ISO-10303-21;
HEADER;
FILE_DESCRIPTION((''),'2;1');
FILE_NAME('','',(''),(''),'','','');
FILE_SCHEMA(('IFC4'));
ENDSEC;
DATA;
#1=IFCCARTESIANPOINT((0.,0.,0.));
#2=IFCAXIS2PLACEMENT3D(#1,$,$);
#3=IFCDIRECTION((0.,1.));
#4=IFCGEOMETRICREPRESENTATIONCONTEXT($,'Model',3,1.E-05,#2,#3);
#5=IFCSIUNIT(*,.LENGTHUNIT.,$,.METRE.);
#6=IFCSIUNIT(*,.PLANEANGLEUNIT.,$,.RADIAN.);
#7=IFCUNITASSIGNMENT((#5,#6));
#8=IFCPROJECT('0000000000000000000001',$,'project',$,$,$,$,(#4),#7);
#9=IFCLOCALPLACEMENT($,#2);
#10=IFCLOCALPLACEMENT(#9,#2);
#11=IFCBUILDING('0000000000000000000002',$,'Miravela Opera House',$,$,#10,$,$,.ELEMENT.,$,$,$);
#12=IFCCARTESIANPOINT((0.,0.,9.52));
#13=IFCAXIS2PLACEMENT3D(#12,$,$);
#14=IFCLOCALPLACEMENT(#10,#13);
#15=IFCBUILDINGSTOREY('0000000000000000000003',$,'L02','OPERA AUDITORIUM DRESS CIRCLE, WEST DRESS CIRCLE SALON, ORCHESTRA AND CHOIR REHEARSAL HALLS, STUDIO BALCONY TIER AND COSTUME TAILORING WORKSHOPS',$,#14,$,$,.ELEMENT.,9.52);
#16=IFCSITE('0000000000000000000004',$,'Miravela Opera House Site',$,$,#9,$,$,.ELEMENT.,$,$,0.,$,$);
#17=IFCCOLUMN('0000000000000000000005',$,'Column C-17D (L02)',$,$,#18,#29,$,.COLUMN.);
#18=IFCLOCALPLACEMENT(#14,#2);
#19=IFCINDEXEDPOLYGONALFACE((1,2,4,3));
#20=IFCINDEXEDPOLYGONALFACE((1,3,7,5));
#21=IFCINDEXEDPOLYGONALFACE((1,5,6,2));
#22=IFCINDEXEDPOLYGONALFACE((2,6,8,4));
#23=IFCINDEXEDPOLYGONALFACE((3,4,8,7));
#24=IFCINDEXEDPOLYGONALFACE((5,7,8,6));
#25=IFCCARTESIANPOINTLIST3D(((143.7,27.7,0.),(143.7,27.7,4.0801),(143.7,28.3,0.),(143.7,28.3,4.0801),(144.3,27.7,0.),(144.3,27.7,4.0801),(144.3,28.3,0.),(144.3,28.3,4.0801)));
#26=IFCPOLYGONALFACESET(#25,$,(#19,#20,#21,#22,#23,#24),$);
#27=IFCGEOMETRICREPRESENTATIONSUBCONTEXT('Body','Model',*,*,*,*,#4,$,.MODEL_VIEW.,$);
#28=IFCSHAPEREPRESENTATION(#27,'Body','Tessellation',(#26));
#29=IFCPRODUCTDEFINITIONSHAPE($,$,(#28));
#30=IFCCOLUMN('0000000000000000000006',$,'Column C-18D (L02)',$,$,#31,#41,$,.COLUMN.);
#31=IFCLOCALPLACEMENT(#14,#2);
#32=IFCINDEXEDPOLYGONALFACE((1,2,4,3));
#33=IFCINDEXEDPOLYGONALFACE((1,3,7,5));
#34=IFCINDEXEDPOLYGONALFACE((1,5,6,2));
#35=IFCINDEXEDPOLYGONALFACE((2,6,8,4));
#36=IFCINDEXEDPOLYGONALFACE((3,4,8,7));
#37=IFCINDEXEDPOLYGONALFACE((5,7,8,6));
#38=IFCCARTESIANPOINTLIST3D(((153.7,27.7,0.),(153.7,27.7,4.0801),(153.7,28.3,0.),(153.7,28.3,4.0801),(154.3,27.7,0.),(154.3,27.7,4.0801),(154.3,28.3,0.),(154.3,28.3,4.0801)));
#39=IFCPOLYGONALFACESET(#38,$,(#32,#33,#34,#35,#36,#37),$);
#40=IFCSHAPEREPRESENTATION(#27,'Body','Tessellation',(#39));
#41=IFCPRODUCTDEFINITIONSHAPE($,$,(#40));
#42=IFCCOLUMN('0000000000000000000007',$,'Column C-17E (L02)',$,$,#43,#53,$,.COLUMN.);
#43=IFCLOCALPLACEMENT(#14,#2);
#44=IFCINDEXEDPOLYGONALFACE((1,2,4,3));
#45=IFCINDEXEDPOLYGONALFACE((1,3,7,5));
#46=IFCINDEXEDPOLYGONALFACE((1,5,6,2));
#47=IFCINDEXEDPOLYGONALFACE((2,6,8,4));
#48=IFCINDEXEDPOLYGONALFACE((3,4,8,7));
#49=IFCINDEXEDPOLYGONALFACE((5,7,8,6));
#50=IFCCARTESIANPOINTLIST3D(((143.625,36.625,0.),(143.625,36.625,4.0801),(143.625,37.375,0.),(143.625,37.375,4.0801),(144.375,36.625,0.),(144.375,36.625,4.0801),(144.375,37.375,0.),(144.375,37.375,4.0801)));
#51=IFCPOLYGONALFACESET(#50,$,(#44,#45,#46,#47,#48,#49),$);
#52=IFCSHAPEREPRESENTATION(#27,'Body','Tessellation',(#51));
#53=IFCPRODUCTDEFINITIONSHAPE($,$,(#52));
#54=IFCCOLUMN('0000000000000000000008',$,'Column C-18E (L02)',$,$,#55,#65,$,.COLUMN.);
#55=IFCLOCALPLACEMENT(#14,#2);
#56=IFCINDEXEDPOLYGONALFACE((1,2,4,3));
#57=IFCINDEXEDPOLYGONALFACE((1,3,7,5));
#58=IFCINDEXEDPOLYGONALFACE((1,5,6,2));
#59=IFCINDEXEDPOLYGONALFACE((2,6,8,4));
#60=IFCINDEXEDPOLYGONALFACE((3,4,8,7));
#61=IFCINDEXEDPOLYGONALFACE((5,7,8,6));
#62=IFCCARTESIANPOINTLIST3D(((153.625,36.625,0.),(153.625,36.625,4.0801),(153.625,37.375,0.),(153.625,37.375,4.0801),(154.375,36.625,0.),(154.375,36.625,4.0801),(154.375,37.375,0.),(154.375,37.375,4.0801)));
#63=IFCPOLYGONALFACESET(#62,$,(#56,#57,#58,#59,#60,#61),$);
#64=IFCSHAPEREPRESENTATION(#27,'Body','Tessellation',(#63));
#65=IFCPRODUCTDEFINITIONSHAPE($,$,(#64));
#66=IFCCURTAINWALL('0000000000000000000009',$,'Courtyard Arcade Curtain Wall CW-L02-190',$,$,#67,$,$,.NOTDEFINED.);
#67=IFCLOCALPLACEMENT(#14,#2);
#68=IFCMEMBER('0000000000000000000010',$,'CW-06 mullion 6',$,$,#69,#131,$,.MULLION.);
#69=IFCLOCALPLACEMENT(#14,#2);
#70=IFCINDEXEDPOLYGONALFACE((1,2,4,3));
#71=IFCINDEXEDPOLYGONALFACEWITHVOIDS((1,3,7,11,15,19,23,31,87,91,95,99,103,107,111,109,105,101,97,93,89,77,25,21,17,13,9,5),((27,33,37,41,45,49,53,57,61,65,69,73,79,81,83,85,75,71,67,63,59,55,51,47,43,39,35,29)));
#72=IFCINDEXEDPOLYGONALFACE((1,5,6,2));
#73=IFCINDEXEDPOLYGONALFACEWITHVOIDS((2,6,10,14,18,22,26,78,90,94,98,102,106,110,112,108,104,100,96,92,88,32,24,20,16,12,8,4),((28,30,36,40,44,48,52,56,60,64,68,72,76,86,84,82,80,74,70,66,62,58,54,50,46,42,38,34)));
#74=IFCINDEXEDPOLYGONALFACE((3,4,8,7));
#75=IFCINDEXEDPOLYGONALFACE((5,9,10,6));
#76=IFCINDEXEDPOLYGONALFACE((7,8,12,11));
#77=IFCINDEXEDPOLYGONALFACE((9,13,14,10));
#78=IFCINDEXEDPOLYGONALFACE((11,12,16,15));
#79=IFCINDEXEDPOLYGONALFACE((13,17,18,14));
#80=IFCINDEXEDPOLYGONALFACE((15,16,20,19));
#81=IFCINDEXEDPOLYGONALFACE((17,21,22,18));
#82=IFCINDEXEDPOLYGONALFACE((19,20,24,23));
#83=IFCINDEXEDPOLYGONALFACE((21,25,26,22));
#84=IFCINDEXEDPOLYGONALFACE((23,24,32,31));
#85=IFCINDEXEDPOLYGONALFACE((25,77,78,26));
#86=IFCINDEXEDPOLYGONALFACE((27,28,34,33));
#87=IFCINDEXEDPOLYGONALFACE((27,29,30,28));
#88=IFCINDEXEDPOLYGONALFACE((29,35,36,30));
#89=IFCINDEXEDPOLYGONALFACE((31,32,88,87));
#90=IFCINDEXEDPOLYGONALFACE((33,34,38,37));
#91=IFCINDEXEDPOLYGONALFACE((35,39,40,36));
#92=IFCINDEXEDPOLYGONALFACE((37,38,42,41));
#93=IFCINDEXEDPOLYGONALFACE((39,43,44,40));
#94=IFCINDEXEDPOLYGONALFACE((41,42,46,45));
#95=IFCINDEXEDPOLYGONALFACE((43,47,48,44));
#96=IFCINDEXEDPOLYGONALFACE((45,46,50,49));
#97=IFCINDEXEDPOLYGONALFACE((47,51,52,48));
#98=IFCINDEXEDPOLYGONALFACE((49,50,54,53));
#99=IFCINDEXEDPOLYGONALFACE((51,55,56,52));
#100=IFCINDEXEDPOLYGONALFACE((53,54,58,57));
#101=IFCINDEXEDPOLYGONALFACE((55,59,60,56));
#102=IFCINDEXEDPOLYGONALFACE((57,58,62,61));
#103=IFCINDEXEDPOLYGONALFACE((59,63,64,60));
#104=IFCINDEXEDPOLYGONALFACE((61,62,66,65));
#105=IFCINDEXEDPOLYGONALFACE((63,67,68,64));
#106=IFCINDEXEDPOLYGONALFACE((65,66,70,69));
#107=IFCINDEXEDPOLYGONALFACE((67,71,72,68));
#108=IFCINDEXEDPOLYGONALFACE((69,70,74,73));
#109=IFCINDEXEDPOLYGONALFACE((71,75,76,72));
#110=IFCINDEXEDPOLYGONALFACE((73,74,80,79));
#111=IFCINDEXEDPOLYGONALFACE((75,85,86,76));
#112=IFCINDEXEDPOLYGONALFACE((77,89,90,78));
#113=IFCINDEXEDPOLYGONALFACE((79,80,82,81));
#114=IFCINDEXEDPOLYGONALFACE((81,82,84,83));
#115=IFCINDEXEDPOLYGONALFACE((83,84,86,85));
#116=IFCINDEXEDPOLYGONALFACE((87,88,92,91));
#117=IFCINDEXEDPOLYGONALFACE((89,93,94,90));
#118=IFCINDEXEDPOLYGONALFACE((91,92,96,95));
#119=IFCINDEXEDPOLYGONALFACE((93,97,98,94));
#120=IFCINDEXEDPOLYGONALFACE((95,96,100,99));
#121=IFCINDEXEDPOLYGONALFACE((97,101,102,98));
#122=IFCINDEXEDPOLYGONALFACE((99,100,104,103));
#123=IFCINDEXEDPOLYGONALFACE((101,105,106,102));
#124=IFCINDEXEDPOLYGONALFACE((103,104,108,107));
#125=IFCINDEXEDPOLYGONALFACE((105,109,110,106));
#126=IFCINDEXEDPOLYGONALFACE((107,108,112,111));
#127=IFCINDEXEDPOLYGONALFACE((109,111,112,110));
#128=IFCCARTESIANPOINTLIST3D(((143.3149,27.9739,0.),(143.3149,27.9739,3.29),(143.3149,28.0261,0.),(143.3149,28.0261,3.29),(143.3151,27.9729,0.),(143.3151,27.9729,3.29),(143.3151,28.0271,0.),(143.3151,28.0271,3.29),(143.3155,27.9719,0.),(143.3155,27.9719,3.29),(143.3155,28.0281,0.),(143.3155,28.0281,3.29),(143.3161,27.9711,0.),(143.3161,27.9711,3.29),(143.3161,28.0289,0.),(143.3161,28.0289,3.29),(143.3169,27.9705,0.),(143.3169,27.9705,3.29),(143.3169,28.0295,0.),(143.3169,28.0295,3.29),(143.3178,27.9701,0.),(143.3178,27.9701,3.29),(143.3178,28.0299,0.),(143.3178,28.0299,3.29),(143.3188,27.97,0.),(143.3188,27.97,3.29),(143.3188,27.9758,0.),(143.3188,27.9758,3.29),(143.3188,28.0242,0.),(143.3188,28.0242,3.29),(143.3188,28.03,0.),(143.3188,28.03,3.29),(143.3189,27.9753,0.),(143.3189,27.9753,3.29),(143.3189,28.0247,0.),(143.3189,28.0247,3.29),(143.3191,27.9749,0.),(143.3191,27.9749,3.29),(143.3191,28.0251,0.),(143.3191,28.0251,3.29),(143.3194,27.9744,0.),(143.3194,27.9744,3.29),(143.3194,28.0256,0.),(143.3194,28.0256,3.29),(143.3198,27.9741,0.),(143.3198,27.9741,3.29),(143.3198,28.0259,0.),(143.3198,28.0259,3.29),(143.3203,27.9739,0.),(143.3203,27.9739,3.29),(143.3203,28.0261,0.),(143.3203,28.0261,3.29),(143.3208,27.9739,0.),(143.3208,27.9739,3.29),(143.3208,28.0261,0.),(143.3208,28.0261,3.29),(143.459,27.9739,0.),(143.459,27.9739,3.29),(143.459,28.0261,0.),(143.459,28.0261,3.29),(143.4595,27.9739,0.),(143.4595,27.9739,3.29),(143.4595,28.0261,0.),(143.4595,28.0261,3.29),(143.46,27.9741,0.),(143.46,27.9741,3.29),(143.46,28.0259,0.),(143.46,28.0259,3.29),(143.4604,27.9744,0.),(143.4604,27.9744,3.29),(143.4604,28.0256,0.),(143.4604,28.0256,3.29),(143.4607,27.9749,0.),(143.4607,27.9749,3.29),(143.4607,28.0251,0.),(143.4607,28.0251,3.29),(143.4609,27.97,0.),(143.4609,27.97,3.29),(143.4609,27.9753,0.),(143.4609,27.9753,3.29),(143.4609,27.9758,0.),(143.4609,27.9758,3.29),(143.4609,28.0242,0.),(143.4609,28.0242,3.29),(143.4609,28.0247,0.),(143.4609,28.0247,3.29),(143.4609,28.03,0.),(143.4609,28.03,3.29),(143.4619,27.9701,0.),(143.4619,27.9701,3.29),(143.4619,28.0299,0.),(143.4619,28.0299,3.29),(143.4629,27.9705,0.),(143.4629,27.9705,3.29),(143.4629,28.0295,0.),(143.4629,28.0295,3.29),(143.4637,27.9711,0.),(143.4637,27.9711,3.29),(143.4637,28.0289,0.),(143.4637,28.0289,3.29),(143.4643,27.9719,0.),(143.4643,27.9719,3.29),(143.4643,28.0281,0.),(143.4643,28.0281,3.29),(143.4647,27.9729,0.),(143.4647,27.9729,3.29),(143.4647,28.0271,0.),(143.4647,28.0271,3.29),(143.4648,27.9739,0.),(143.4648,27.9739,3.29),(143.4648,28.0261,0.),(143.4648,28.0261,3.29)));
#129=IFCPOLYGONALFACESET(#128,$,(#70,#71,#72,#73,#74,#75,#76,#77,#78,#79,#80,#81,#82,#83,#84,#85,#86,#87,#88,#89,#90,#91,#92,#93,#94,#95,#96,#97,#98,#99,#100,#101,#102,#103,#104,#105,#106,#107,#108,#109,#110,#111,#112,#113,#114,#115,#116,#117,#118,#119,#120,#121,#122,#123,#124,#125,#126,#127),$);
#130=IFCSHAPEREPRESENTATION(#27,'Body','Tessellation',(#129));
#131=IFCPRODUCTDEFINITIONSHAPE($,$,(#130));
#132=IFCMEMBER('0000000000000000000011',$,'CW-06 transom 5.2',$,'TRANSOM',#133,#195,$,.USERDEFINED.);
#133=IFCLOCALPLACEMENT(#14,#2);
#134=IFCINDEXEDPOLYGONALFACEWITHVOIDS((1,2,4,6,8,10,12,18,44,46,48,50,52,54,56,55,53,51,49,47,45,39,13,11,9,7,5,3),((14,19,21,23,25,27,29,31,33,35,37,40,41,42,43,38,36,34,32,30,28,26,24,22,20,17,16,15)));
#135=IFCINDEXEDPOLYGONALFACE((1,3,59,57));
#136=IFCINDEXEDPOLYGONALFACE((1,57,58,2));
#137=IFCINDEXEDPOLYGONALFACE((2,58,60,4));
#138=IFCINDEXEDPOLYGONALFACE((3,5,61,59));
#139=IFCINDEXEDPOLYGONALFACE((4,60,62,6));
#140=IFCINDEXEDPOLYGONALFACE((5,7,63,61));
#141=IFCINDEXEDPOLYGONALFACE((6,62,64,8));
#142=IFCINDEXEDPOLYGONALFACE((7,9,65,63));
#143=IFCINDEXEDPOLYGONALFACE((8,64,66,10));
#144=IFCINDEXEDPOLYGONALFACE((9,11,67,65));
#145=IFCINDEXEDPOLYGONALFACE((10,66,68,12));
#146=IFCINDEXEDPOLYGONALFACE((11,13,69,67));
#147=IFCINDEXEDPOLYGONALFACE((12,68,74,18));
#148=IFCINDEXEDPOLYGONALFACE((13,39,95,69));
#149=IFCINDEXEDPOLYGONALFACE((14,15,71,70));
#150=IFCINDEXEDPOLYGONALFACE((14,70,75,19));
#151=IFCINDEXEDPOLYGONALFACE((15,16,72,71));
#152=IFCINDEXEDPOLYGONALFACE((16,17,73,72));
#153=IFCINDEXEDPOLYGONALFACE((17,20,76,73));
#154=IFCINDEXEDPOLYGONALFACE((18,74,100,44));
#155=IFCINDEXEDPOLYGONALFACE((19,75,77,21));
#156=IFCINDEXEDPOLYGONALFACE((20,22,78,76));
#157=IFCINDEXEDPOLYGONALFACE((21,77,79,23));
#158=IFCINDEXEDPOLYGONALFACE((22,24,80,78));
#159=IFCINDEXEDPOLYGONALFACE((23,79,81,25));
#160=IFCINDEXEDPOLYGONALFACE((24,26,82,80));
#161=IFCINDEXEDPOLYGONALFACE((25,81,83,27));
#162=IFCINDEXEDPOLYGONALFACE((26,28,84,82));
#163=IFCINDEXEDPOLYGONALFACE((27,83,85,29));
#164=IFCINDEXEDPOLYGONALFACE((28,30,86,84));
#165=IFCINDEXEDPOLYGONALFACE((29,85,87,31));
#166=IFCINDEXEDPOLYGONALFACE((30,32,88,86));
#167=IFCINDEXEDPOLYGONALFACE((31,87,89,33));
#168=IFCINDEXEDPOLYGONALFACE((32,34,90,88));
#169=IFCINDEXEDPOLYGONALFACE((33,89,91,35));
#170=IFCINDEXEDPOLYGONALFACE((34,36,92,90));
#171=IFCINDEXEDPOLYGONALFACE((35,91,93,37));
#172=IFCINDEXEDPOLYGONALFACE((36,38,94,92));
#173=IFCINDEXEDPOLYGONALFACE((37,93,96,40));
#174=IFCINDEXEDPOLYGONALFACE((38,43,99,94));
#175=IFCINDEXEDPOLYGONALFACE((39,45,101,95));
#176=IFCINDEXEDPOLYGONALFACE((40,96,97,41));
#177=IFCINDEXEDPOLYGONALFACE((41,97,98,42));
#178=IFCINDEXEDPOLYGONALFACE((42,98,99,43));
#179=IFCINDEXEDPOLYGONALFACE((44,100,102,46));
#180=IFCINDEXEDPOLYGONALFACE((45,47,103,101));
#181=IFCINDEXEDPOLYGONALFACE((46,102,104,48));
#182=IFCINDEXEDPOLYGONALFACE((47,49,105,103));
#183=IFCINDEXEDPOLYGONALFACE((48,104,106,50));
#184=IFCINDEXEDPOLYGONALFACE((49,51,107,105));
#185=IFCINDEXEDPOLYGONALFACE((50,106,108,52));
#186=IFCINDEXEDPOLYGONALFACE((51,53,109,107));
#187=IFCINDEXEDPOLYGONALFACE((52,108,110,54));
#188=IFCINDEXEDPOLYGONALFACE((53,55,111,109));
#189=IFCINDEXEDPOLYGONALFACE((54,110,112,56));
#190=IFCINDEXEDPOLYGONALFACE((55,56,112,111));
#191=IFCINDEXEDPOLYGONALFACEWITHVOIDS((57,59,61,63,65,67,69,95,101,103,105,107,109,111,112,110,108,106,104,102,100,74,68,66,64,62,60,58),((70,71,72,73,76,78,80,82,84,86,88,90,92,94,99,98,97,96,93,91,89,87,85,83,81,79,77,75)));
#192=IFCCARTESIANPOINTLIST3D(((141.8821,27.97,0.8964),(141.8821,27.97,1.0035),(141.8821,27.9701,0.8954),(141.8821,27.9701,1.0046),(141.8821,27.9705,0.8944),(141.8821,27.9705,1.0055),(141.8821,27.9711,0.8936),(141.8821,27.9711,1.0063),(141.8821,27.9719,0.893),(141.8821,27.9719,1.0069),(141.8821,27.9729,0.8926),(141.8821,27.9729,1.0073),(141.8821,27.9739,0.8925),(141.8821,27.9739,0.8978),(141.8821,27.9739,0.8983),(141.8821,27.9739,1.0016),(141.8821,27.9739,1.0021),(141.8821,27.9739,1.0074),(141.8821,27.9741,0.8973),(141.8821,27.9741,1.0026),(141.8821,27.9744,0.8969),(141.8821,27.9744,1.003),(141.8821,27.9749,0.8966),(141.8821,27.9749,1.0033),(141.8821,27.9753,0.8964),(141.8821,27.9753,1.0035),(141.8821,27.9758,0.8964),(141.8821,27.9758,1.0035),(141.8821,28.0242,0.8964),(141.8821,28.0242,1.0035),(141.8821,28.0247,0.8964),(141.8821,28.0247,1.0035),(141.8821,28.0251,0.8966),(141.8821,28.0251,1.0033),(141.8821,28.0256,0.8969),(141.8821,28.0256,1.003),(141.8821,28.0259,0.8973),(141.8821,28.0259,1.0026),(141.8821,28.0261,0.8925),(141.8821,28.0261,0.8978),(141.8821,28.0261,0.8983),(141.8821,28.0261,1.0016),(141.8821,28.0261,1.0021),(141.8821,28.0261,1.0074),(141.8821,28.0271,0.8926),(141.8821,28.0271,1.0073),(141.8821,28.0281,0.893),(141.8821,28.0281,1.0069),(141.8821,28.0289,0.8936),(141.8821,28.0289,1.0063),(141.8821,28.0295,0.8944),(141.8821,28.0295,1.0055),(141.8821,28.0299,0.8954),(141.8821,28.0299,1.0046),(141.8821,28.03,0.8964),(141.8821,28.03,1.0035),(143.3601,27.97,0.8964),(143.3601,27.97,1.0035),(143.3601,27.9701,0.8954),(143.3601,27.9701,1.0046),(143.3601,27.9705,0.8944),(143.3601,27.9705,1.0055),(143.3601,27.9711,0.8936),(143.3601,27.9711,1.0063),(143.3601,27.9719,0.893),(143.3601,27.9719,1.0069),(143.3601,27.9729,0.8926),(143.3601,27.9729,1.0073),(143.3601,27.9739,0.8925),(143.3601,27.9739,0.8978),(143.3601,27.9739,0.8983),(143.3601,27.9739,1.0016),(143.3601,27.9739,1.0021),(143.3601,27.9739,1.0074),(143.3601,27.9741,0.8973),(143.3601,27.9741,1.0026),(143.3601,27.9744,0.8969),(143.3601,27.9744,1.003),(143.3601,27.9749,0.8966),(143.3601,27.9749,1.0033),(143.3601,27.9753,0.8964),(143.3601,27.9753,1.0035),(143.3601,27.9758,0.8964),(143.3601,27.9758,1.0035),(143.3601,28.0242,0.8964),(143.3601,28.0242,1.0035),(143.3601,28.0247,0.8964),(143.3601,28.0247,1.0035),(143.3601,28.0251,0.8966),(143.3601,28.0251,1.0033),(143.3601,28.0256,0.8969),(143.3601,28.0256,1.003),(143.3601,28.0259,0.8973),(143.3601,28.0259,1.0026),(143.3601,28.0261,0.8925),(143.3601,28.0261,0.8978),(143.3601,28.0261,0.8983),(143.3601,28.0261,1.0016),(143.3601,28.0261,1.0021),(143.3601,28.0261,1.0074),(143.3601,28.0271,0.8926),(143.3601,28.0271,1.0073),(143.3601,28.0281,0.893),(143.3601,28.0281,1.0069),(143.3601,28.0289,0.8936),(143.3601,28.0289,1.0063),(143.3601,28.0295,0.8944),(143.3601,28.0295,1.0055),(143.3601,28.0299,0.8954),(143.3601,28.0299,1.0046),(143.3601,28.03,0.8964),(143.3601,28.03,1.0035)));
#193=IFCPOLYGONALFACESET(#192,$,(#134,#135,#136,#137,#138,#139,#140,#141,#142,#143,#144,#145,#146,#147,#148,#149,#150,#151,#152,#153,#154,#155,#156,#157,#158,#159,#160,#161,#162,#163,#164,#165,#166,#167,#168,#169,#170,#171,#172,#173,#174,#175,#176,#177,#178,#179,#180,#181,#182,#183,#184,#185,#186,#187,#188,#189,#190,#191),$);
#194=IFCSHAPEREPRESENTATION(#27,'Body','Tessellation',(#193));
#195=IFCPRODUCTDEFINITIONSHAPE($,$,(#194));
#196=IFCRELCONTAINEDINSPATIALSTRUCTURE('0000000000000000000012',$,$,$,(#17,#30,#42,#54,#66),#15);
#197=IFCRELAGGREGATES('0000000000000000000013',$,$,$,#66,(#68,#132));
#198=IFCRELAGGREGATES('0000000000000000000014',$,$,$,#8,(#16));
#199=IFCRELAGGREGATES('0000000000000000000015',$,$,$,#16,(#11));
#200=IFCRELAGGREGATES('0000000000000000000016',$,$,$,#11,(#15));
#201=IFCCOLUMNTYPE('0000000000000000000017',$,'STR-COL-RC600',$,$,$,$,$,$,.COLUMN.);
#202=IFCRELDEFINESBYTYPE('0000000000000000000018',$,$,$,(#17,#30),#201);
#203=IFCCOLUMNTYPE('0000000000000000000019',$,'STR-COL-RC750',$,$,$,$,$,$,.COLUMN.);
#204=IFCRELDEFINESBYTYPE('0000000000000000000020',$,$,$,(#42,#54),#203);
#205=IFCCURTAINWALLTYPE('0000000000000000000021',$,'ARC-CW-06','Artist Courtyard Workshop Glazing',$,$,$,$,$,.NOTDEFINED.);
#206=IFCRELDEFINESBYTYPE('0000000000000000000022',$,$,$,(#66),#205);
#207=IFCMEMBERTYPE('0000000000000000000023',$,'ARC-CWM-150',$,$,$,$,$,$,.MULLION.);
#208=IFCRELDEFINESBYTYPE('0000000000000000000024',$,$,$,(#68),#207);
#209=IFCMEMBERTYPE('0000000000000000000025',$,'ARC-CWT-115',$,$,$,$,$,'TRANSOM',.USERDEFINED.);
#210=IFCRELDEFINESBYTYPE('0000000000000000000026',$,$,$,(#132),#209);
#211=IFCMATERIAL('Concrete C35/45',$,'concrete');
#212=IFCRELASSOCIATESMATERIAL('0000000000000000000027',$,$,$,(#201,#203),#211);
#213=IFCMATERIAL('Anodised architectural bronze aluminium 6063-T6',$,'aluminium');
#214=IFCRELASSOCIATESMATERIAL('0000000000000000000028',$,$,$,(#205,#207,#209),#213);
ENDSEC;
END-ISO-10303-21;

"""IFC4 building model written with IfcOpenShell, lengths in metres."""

from ifc_helpers import new_model, si_unit, direction, frame, origin, origin_2d, place, context, subcontext, project, spatial, rectangle, hollow_rectangle, extrude, material, material_profile, profile_set, type_object, element, aggregate, save


model = new_model("IFC4")

# Units and contexts
model_context = context("Model", 3, precision=1e-05, world=origin(), true_north=direction((0.0, 1.0)))
body_context = subcontext(model_context, "Body", "Model", "MODEL_VIEW")
ifc_project = project(units=[si_unit("LENGTHUNIT", "METRE"), si_unit("PLANEANGLEUNIT", "RADIAN")], contexts=[model_context])

# Site, building, storey
site_placement = place(None, origin())
site = spatial("IfcSite", under=ifc_project, at=site_placement, Name="Miravela Opera House Site", CompositionType="ELEMENT", RefElevation=0.0)
building_placement = place(site_placement, origin())
building = spatial("IfcBuilding", under=site, at=building_placement, Name="Miravela Opera House", CompositionType="ELEMENT")
storey_placement = place(building_placement, frame((0.0, 0.0, 9.52)))
storey = spatial("IfcBuildingStorey", under=building, at=storey_placement, Name="L02", Description="OPERA AUDITORIUM DRESS CIRCLE, WEST DRESS CIRCLE SALON, ORCHESTRA AND CHOIR REHEARSAL HALLS, STUDIO BALCONY TIER AND COSTUME TAILORING WORKSHOPS", CompositionType="ELEMENT", Elevation=9.52)

# Columns
ifc_material_1 = material(Name="Concrete C35/45", Category="concrete")
ifc_material_profile_1 = material_profile(ifc_material_1, rectangle(XDim=0.6001, YDim=0.6001, at=origin_2d()), Name="RC-COL-600X600")
ifc_profile_set_1 = profile_set([ifc_material_profile_1])
column_type_1 = type_object("IfcColumnType", Name="STR-COL-RC600", PredefinedType="COLUMN", material=ifc_profile_set_1)
for number, where, z_axis, x_axis, name in (
    (1, (144.0, 28.0, 0.0), (0.0, 0.0, 1.0), (1.0, 0.0, 0.0), "Column C-17D (L02)"),
    (2, (154.0, 28.0, 0.0), (0.0, 0.0, 1.0), (1.0, 0.0, 0.0), "Column C-18D (L02)"),
):
    element("IfcColumn", number, at=place(storey_placement, frame(where, z_axis=z_axis, x_axis=x_axis)), inside=storey, type_object=column_type_1, Name=name, PredefinedType="COLUMN", context=body_context, shape_type="SweptSolid", body=[
        extrude(rectangle(XDim=0.6001, YDim=0.6001, at=origin_2d()), origin(), (0.0, 0.0, 1.0), 4.0801),
    ])
ifc_material_profile_2 = material_profile(ifc_material_1, rectangle(XDim=0.75, YDim=0.75, at=origin_2d()), Name="RC-COL-750X750")
ifc_profile_set_2 = profile_set([ifc_material_profile_2])
column_type_2 = type_object("IfcColumnType", Name="STR-COL-RC750", PredefinedType="COLUMN", material=ifc_profile_set_2)
for number, where, z_axis, x_axis, name in (
    (3, (144.0, 37.0, 0.0), (0.0, 0.0, 1.0), (1.0, 0.0, 0.0), "Column C-17E (L02)"),
    (4, (154.0, 37.0, 0.0), (0.0, 0.0, 1.0), (1.0, 0.0, 0.0), "Column C-18E (L02)"),
):
    element("IfcColumn", number, at=place(storey_placement, frame(where, z_axis=z_axis, x_axis=x_axis)), inside=storey, type_object=column_type_2, Name=name, PredefinedType="COLUMN", context=body_context, shape_type="SweptSolid", body=[
        extrude(rectangle(XDim=0.75, YDim=0.75, at=origin_2d()), origin(), (0.0, 0.0, 1.0), 4.0801),
    ])

# Curtain wall, members
ifc_material_2 = material(Name="Anodised architectural bronze aluminium 6063-T6", Category="aluminium")
curtain_wall_type = type_object("IfcCurtainWallType", Name="ARC-CW-06", Description="Artist Courtyard Workshop Glazing", PredefinedType="NOTDEFINED", material=ifc_material_2)
curtain_wall_placement = place(storey_placement, origin())
curtain_wall = element("IfcCurtainWall", 5, at=curtain_wall_placement, inside=storey, type_object=curtain_wall_type, Name="Courtyard Arcade Curtain Wall CW-L02-190", PredefinedType="NOTDEFINED")
ifc_material_profile_3 = material_profile(ifc_material_2, hollow_rectangle(XDim=0.0601, YDim=0.1499, WallThickness=0.0039, InnerFilletRadius=0.002, OuterFilletRadius=0.0039, at=origin_2d()), Name="CWM-60X150")
ifc_profile_set_3 = profile_set([ifc_material_profile_3])
member_type_1 = type_object("IfcMemberType", Name="ARC-CWM-150", PredefinedType="MULLION", material=ifc_profile_set_3)
member_1_placement = place(storey_placement, frame((143.3899, 28.0, 0.0), z_axis=(0.0, 0.0, 1.0), x_axis=(0.0, 1.0, 0.0)))
member_1 = element("IfcMember", 6, at=member_1_placement, type_object=member_type_1, Name="CW-06 mullion 6", PredefinedType="MULLION", context=body_context, shape_type="SweptSolid", body=[
    extrude(hollow_rectangle(XDim=0.0601, YDim=0.1499, WallThickness=0.0039, InnerFilletRadius=0.002, OuterFilletRadius=0.0039, at=origin_2d()), origin(), (0.0, 0.0, 1.0), 3.29),
])
ifc_material_profile_4 = material_profile(ifc_material_2, hollow_rectangle(XDim=0.0601, YDim=0.115, WallThickness=0.0039, InnerFilletRadius=0.002, OuterFilletRadius=0.0039, at=origin_2d()), Name="CWT-60X115")
ifc_profile_set_4 = profile_set([ifc_material_profile_4])
member_type_2 = type_object("IfcMemberType", Name="ARC-CWT-115", ElementType="TRANSOM", PredefinedType="USERDEFINED", material=ifc_profile_set_4)
member_2_placement = place(storey_placement, frame((141.8821, 28.0, 0.95), z_axis=(1.0, 0.0, 0.0), x_axis=(0.0, 1.0, 0.0)))
member_2 = element("IfcMember", 7, at=member_2_placement, type_object=member_type_2, Name="CW-06 transom 5.2", ObjectType="TRANSOM", PredefinedType="USERDEFINED", context=body_context, shape_type="SweptSolid", body=[
    extrude(hollow_rectangle(XDim=0.0601, YDim=0.115, WallThickness=0.0039, InnerFilletRadius=0.002, OuterFilletRadius=0.0039, at=origin_2d()), origin(), (0.0, 0.0, 1.0), 1.478),
])

aggregate(curtain_wall, [member_1, member_2])

save(model, "model.ifc")
